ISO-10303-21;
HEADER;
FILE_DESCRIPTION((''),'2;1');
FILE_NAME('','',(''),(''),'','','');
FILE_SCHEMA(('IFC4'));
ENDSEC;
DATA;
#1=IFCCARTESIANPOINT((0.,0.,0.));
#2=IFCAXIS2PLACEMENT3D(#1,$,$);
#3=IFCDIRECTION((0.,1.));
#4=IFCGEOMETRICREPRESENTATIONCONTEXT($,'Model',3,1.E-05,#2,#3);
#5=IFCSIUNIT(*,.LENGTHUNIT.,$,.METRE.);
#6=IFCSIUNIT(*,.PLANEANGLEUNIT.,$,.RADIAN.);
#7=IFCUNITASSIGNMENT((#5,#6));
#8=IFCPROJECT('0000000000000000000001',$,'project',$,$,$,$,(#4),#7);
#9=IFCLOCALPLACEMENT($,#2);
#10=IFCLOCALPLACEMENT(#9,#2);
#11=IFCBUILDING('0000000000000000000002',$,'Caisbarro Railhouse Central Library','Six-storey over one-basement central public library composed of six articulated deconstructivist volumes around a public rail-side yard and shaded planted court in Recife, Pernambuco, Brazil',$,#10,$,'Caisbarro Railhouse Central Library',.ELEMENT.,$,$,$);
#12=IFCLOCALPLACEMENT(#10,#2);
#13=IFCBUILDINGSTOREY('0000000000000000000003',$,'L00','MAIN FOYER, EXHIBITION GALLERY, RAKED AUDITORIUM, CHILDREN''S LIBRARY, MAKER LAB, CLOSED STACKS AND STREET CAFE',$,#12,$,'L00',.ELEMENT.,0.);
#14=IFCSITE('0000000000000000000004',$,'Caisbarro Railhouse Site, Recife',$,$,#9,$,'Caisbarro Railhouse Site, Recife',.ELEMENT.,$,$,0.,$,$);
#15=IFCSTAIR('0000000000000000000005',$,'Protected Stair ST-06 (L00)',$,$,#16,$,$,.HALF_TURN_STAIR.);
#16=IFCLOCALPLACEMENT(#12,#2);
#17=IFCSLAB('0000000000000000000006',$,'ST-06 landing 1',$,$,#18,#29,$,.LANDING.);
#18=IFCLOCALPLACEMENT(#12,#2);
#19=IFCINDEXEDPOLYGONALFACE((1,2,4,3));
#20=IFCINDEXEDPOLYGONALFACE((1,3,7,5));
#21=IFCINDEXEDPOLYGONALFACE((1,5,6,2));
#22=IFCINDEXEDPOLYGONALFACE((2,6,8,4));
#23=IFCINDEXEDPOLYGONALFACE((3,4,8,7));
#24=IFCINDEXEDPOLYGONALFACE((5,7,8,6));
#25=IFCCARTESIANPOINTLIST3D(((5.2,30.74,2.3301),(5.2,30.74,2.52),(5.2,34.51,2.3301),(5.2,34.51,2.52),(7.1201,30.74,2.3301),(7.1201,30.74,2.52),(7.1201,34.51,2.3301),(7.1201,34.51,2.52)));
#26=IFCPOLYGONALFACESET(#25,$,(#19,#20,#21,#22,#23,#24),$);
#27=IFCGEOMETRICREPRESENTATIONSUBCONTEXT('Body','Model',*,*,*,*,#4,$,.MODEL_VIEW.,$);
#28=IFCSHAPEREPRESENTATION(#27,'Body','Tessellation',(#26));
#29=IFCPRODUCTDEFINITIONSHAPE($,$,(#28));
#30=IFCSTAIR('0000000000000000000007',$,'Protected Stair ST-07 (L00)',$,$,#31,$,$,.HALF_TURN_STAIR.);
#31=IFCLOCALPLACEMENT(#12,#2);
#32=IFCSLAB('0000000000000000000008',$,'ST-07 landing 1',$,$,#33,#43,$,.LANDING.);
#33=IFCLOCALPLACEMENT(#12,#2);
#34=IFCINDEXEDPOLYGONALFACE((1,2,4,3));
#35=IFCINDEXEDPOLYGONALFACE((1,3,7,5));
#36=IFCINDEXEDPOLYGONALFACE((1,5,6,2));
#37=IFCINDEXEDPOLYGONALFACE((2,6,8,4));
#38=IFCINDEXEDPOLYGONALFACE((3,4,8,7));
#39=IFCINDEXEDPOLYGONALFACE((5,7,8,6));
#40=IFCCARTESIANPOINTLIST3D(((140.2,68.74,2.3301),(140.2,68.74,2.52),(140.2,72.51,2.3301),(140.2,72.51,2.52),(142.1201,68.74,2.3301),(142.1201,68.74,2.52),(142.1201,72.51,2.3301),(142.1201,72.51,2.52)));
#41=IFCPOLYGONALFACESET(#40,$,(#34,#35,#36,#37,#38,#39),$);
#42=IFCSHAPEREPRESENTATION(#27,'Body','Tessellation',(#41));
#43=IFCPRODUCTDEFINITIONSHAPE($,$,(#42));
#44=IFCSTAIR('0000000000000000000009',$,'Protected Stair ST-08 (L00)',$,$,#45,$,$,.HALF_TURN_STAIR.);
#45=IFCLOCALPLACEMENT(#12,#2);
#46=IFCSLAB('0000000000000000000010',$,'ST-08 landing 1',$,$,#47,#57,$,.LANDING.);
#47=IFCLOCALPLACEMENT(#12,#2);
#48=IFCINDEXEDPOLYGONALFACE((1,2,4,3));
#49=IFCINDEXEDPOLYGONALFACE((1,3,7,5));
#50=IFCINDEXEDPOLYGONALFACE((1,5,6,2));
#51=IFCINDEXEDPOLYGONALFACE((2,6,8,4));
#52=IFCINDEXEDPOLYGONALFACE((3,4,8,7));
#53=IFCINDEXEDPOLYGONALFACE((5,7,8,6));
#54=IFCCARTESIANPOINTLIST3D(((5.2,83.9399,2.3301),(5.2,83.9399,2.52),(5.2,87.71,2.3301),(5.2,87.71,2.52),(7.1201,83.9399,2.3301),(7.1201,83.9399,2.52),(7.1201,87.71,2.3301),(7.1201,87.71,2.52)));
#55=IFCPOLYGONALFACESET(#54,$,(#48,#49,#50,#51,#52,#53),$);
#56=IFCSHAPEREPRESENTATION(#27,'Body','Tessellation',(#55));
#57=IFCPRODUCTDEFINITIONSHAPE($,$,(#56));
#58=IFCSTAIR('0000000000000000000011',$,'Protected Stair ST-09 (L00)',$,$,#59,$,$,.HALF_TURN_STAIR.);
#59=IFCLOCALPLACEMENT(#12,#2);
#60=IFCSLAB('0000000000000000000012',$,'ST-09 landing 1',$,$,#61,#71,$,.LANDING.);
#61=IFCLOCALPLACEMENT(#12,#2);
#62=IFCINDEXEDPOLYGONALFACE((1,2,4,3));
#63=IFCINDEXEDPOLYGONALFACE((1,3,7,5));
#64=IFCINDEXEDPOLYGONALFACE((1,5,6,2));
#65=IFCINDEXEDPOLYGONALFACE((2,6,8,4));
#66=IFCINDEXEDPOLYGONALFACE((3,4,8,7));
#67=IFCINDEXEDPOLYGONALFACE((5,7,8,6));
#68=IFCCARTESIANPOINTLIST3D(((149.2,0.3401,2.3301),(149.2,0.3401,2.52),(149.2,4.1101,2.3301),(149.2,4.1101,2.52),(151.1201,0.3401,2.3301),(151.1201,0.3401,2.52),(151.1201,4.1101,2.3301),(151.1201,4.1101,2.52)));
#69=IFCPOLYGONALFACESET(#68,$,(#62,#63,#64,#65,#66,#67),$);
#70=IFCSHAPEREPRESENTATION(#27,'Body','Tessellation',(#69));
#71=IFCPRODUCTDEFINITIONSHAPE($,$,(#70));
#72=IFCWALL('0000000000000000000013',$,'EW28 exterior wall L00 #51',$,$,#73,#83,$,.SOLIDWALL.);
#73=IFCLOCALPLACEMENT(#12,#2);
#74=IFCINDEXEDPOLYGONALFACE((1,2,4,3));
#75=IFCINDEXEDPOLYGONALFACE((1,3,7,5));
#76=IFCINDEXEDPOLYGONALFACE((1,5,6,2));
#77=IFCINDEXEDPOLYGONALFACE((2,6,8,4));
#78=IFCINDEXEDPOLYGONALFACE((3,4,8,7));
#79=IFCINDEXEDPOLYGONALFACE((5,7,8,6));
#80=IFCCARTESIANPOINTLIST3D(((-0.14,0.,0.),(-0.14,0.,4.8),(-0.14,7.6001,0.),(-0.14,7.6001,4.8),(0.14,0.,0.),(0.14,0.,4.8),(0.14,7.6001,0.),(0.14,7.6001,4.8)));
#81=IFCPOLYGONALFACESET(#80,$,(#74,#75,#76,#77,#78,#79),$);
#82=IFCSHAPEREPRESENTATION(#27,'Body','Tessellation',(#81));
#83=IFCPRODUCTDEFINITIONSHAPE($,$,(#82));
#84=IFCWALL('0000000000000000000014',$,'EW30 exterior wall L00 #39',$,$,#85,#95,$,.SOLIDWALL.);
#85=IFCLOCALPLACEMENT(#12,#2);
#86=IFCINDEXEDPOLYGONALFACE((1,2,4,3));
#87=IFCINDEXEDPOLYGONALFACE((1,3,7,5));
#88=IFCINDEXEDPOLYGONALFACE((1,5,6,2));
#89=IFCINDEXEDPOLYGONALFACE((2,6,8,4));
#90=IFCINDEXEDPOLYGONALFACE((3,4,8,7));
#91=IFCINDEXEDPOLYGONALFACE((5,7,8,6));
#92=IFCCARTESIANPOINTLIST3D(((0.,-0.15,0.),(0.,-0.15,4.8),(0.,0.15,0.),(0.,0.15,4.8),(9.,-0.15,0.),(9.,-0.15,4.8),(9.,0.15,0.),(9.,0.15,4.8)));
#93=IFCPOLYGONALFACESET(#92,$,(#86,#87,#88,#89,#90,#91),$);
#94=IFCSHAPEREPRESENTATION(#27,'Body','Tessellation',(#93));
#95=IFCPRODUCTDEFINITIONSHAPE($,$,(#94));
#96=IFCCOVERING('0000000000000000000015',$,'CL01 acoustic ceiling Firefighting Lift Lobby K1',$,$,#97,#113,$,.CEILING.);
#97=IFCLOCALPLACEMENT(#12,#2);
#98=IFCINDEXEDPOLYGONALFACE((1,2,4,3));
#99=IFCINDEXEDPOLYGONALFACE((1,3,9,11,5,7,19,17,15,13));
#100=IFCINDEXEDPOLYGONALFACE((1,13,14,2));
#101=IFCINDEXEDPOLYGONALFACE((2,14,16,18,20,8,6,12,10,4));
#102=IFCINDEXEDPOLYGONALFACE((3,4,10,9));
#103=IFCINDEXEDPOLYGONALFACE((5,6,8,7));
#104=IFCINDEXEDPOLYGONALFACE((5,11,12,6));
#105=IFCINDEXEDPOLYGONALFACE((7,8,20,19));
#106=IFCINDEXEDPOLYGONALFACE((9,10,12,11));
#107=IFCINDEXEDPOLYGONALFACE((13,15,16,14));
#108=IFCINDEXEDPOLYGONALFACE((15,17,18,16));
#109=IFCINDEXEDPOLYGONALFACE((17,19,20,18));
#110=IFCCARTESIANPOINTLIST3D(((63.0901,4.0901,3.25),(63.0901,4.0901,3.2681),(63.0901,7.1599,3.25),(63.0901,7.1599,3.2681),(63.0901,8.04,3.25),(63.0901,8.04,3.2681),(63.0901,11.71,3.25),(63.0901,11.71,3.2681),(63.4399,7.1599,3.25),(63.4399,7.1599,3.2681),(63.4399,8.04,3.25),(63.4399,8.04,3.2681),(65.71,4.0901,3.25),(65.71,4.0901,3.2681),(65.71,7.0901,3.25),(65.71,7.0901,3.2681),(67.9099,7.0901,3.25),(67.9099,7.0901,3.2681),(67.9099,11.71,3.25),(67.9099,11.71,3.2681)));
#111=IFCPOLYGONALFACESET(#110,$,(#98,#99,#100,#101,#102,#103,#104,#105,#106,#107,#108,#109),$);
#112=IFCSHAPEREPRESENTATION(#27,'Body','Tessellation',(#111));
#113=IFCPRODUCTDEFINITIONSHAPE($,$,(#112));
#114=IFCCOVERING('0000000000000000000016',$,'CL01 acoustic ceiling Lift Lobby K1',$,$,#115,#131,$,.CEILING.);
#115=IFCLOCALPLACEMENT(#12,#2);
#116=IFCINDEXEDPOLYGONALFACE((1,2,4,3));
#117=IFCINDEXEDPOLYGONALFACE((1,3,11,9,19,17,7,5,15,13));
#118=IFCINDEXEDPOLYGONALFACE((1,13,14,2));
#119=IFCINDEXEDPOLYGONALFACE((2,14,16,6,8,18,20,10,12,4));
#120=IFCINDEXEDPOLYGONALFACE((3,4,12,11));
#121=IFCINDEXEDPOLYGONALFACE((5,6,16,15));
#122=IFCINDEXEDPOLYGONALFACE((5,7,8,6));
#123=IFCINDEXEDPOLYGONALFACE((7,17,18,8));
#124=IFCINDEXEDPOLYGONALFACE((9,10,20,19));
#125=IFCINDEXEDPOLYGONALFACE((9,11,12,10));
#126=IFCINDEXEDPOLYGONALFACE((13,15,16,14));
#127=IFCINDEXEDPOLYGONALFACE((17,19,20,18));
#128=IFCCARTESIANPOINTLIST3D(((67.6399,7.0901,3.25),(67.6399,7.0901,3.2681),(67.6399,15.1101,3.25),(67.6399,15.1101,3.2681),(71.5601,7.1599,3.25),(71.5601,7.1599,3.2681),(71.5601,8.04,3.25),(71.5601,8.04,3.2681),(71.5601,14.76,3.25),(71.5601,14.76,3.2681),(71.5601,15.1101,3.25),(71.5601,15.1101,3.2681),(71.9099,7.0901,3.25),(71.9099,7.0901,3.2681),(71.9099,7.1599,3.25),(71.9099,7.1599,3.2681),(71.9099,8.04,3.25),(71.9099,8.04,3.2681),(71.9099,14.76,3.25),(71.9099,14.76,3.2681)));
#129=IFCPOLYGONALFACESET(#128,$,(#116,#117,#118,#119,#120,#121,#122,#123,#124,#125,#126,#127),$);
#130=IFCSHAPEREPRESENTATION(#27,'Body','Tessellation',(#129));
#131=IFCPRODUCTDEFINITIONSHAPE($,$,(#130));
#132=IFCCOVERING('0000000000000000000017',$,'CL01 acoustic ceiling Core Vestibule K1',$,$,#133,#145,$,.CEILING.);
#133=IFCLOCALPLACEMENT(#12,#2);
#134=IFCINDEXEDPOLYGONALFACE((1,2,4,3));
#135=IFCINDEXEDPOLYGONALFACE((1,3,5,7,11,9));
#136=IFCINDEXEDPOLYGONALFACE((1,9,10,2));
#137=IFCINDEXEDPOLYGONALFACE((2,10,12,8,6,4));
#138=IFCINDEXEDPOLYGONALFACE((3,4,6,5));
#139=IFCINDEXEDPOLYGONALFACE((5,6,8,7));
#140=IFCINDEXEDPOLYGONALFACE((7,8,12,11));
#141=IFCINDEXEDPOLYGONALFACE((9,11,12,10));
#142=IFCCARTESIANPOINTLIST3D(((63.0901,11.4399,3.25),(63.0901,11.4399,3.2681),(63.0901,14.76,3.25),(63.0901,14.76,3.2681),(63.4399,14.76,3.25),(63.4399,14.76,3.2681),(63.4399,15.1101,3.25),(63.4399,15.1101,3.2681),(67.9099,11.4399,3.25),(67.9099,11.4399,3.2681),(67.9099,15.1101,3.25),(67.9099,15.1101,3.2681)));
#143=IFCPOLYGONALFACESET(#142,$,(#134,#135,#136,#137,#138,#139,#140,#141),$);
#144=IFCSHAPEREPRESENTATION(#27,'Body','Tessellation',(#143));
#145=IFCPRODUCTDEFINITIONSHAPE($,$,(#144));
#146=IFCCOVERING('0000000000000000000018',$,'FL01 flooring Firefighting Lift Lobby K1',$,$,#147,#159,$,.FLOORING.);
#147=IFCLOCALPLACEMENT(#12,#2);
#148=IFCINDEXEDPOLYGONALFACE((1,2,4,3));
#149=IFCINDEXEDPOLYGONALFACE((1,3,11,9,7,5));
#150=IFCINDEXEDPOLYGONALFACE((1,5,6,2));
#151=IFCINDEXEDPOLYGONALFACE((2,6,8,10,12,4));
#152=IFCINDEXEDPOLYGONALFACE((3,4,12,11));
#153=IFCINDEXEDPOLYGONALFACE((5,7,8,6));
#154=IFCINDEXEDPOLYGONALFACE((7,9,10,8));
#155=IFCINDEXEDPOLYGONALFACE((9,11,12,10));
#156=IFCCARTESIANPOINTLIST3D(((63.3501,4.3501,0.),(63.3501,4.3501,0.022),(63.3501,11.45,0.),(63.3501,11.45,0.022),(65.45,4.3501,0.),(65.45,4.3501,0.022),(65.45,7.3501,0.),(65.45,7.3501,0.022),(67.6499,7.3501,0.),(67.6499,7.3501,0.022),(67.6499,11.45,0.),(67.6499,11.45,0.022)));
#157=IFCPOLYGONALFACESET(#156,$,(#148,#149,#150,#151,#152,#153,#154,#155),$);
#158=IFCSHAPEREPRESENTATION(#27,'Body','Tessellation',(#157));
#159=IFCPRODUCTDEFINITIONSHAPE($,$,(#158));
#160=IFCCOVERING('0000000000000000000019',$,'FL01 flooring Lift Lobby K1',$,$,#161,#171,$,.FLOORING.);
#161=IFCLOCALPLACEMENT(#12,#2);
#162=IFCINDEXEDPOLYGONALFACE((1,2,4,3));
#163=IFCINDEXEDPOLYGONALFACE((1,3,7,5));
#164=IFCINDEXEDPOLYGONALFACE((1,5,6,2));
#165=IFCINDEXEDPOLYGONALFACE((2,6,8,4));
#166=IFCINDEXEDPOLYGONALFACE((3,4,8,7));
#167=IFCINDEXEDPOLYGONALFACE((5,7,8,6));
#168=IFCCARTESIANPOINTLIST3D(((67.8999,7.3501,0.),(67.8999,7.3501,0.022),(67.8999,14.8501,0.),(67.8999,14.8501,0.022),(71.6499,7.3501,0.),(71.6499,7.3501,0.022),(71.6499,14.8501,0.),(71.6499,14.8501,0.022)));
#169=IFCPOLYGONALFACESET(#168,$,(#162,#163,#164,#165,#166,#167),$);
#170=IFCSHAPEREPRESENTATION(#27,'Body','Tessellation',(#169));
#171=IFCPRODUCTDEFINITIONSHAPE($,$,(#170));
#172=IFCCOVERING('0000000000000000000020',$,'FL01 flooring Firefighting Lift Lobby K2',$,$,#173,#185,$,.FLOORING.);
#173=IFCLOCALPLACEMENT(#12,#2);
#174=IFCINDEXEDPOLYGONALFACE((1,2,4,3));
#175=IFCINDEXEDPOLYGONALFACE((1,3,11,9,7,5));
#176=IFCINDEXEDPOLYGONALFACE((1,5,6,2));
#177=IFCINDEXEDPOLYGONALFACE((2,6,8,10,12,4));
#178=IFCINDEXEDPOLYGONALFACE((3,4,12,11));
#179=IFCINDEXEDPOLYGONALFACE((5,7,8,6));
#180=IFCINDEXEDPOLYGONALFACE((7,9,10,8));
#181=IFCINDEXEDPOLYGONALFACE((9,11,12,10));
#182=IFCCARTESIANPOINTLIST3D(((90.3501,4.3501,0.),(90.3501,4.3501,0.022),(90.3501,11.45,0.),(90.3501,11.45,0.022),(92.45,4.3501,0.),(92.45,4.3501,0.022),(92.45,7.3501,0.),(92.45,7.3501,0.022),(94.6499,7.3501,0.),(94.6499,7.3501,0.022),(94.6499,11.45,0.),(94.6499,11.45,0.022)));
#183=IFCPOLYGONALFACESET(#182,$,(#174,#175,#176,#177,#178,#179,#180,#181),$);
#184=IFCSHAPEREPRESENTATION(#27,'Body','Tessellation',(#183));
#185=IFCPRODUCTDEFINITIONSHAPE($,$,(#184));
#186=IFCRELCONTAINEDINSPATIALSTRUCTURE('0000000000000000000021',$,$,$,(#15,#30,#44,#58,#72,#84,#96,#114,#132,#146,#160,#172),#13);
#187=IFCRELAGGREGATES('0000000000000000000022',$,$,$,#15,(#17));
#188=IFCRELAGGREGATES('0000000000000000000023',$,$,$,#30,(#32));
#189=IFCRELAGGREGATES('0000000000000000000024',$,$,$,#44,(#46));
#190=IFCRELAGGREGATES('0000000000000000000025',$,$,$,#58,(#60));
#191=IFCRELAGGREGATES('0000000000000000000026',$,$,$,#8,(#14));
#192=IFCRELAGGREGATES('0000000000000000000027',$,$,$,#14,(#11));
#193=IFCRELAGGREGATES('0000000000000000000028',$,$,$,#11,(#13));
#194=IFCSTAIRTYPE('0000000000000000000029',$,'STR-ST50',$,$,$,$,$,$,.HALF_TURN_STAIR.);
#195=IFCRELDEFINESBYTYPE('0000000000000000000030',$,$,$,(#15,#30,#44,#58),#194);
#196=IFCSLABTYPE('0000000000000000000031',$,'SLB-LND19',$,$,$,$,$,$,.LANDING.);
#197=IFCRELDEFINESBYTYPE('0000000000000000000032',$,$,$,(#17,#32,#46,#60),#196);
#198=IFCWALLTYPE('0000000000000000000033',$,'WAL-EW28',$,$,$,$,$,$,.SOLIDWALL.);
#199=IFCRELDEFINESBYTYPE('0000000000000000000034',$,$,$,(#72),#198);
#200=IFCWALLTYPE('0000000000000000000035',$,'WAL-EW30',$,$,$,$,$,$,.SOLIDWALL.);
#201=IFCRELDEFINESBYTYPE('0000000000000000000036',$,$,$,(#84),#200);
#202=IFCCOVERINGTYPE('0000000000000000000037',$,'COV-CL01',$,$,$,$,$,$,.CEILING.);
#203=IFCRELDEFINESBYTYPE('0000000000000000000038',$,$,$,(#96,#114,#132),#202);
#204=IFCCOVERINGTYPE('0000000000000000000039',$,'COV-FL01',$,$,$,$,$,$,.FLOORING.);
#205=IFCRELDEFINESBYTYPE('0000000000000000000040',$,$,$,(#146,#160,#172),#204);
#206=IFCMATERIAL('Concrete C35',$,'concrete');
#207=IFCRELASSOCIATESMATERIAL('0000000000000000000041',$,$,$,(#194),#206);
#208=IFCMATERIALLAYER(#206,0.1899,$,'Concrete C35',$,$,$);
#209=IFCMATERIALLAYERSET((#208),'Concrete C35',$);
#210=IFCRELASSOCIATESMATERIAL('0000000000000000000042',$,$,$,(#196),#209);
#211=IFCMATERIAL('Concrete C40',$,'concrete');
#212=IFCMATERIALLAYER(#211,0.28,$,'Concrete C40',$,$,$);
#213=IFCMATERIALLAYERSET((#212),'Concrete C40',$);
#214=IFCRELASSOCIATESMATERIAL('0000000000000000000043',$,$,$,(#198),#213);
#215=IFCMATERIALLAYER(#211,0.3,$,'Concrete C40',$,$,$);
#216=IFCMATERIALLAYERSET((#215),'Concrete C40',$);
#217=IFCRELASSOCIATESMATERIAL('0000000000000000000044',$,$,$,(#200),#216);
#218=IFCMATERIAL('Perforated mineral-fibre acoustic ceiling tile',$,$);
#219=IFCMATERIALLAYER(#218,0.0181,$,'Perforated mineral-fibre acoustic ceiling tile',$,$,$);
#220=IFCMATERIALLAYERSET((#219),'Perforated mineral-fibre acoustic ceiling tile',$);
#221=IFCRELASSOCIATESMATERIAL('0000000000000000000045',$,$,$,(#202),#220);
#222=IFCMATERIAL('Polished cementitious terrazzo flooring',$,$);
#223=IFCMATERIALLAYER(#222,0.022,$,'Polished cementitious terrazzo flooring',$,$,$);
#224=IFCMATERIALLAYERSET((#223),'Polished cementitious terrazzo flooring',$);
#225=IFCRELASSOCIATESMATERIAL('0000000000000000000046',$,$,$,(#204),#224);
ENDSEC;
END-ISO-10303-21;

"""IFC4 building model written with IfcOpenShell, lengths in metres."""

from ifc_helpers import new_model, si_unit, direction, frame, frame_2d, origin, origin_with_axes, place, context, subcontext, project, spatial, polyline, rectangle, outline, extrude, material, layer, layer_set, type_object, element, aggregate, save


model = new_model("IFC4")

# Units and contexts
model_context = context("Model", 3, precision=1e-05, world=origin(), true_north=direction((0.0, 1.0)))
body_context = subcontext(model_context, "Body", "Model", "MODEL_VIEW")
ifc_project = project(units=[si_unit("LENGTHUNIT", "METRE"), si_unit("PLANEANGLEUNIT", "RADIAN")], contexts=[model_context])

# Site, building, storey
site_placement = place(None, origin())
site = spatial("IfcSite", under=ifc_project, at=site_placement, Name="Caisbarro Railhouse Site, Recife", LongName="Caisbarro Railhouse Site, Recife", CompositionType="ELEMENT", RefElevation=0.0)
building_placement = place(site_placement, origin())
building = spatial("IfcBuilding", under=site, at=building_placement, Name="Caisbarro Railhouse Central Library", Description="Six-storey over one-basement central public library composed of six articulated deconstructivist volumes around a public rail-side yard and shaded planted court in Recife, Pernambuco, Brazil", LongName="Caisbarro Railhouse Central Library", CompositionType="ELEMENT")
storey_placement = place(building_placement, origin())
storey = spatial("IfcBuildingStorey", under=building, at=storey_placement, Name="L00", Description="MAIN FOYER, EXHIBITION GALLERY, RAKED AUDITORIUM, CHILDREN'S LIBRARY, MAKER LAB, CLOSED STACKS AND STREET CAFE", LongName="L00", CompositionType="ELEMENT", Elevation=0.0)

# Shared definitions
ifc_material_1 = material(Name="Concrete C35", Category="concrete")

# Stairs, slabs
stair_type = type_object("IfcStairType", Name="STR-ST50", PredefinedType="HALF_TURN_STAIR", material=ifc_material_1)
ifc_layer_1 = layer(ifc_material_1, 0.1899, Name="Concrete C35")
ifc_layer_set_1 = layer_set([ifc_layer_1], Name="Concrete C35")
slab_type_1 = type_object("IfcSlabType", Name="SLB-LND19", PredefinedType="LANDING", material=ifc_layer_set_1)
stair_1_placement = place(storey_placement, origin())
stair_1 = element("IfcStair", 1, at=stair_1_placement, inside=storey, type_object=stair_type, Name="Protected Stair ST-06 (L00)", PredefinedType="HALF_TURN_STAIR")
slab_1_placement = place(storey_placement, frame((0.0, 0.0, 2.3301)))
slab_1 = element("IfcSlab", 2, at=slab_1_placement, type_object=slab_type_1, Name="ST-06 landing 1", PredefinedType="LANDING", context=body_context, shape_type="SweptSolid", body=[
    extrude(outline(polyline([(5.2, 30.74), (7.1201, 30.74), (7.1201, 34.51), (5.2, 34.51), (5.2, 30.74)])), origin(), (0.0, 0.0, 1.0), 0.1899),
])
aggregate(stair_1, [slab_1])
stair_2_placement = place(storey_placement, origin())
stair_2 = element("IfcStair", 3, at=stair_2_placement, inside=storey, type_object=stair_type, Name="Protected Stair ST-07 (L00)", PredefinedType="HALF_TURN_STAIR")
slab_2_placement = place(storey_placement, frame((0.0, 0.0, 2.3301)))
slab_2 = element("IfcSlab", 4, at=slab_2_placement, type_object=slab_type_1, Name="ST-07 landing 1", PredefinedType="LANDING", context=body_context, shape_type="SweptSolid", body=[
    extrude(outline(polyline([(140.2, 68.74), (142.1201, 68.74), (142.1201, 72.51), (140.2, 72.51), (140.2, 68.74)])), origin(), (0.0, 0.0, 1.0), 0.1899),
])
aggregate(stair_2, [slab_2])
stair_3_placement = place(storey_placement, origin())
stair_3 = element("IfcStair", 5, at=stair_3_placement, inside=storey, type_object=stair_type, Name="Protected Stair ST-08 (L00)", PredefinedType="HALF_TURN_STAIR")
slab_3_placement = place(storey_placement, frame((0.0, 0.0, 2.3301)))
slab_3 = element("IfcSlab", 6, at=slab_3_placement, type_object=slab_type_1, Name="ST-08 landing 1", PredefinedType="LANDING", context=body_context, shape_type="SweptSolid", body=[
    extrude(outline(polyline([(5.2, 83.9399), (7.1201, 83.9399), (7.1201, 87.71), (5.2, 87.71), (5.2, 83.9399)])), origin(), (0.0, 0.0, 1.0), 0.1899),
])
aggregate(stair_3, [slab_3])
stair_4_placement = place(storey_placement, origin())
stair_4 = element("IfcStair", 7, at=stair_4_placement, inside=storey, type_object=stair_type, Name="Protected Stair ST-09 (L00)", PredefinedType="HALF_TURN_STAIR")
slab_4_placement = place(storey_placement, frame((0.0, 0.0, 2.3301)))
slab_4 = element("IfcSlab", 8, at=slab_4_placement, type_object=slab_type_1, Name="ST-09 landing 1", PredefinedType="LANDING", context=body_context, shape_type="SweptSolid", body=[
    extrude(outline(polyline([(149.2, 0.3401), (151.1201, 0.3401), (151.1201, 4.1101), (149.2, 4.1101), (149.2, 0.3401)])), origin(), (0.0, 0.0, 1.0), 0.1899),
])
aggregate(stair_4, [slab_4])

# Walls
ifc_material_2 = material(Name="Concrete C40", Category="concrete")
ifc_layer_2 = layer(ifc_material_2, 0.28, Name="Concrete C40")
ifc_layer_set_2 = layer_set([ifc_layer_2], Name="Concrete C40")
wall_type_1 = type_object("IfcWallType", Name="WAL-EW28", PredefinedType="SOLIDWALL", material=ifc_layer_set_2)
wall_1_placement = place(storey_placement, frame((0.0, 0.0, 0.0), z_axis=(0.0, 0.0, 1.0), x_axis=(0.0, 1.0, 0.0)))
element("IfcWall", 9, at=wall_1_placement, inside=storey, type_object=wall_type_1, Name="EW28 exterior wall L00 #51", PredefinedType="SOLIDWALL", context=body_context, shape_type="SweptSolid", body=[
    extrude(rectangle(XDim=7.6001, YDim=0.28, at=frame_2d((3.8, 0.0))), origin(), (0.0, 0.0, 1.0), 4.8),
])
ifc_layer_3 = layer(ifc_material_2, 0.3, Name="Concrete C40")
ifc_layer_set_3 = layer_set([ifc_layer_3], Name="Concrete C40")
wall_type_2 = type_object("IfcWallType", Name="WAL-EW30", PredefinedType="SOLIDWALL", material=ifc_layer_set_3)
wall_2_placement = place(storey_placement, origin_with_axes())
element("IfcWall", 10, at=wall_2_placement, inside=storey, type_object=wall_type_2, Name="EW30 exterior wall L00 #39", PredefinedType="SOLIDWALL", context=body_context, shape_type="SweptSolid", body=[
    extrude(rectangle(XDim=9.0, YDim=0.3, at=frame_2d((4.5, 0.0))), origin(), (0.0, 0.0, 1.0), 4.8),
])

# Coverings
ifc_material_3 = material(Name="Perforated mineral-fibre acoustic ceiling tile")
ifc_layer_4 = layer(ifc_material_3, 0.0181, Name="Perforated mineral-fibre acoustic ceiling tile")
ifc_layer_set_4 = layer_set([ifc_layer_4], Name="Perforated mineral-fibre acoustic ceiling tile")
covering_type_1 = type_object("IfcCoveringType", Name="COV-CL01", PredefinedType="CEILING", material=ifc_layer_set_4)
covering_1_placement = place(storey_placement, frame((0.0, 0.0, 3.25)))
element("IfcCovering", 11, at=covering_1_placement, inside=storey, type_object=covering_type_1, Name="CL01 acoustic ceiling Firefighting Lift Lobby K1", PredefinedType="CEILING", context=body_context, shape_type="SweptSolid", body=[
    extrude(outline(polyline([(63.0901, 7.1599), (63.4399, 7.1599), (63.4399, 8.04), (63.0901, 8.04), (63.0901, 11.71), (67.9099, 11.71), (67.9099, 7.0901), (65.71, 7.0901), (65.71, 4.0901), (63.0901, 4.0901), (63.0901, 7.1599)])), origin(), (0.0, 0.0, 1.0), 0.0181),
])
covering_2_placement = place(storey_placement, frame((0.0, 0.0, 3.25)))
element("IfcCovering", 12, at=covering_2_placement, inside=storey, type_object=covering_type_1, Name="CL01 acoustic ceiling Lift Lobby K1", PredefinedType="CEILING", context=body_context, shape_type="SweptSolid", body=[
    extrude(outline(polyline([(71.5601, 15.1101), (71.5601, 14.76), (71.9099, 14.76), (71.9099, 8.04), (71.5601, 8.04), (71.5601, 7.1599), (71.9099, 7.1599), (71.9099, 7.0901), (67.6399, 7.0901), (67.6399, 15.1101), (71.5601, 15.1101)])), origin(), (0.0, 0.0, 1.0), 0.0181),
])
covering_3_placement = place(storey_placement, frame((0.0, 0.0, 3.25)))
element("IfcCovering", 13, at=covering_3_placement, inside=storey, type_object=covering_type_1, Name="CL01 acoustic ceiling Core Vestibule K1", PredefinedType="CEILING", context=body_context, shape_type="SweptSolid", body=[
    extrude(outline(polyline([(63.0901, 14.76), (63.4399, 14.76), (63.4399, 15.1101), (67.9099, 15.1101), (67.9099, 11.4399), (63.0901, 11.4399), (63.0901, 14.76)])), origin(), (0.0, 0.0, 1.0), 0.0181),
])
ifc_material_4 = material(Name="Polished cementitious terrazzo flooring")
ifc_layer_5 = layer(ifc_material_4, 0.022, Name="Polished cementitious terrazzo flooring")
ifc_layer_set_5 = layer_set([ifc_layer_5], Name="Polished cementitious terrazzo flooring")
covering_type_2 = type_object("IfcCoveringType", Name="COV-FL01", PredefinedType="FLOORING", material=ifc_layer_set_5)
covering_4_placement = place(storey_placement, origin())
element("IfcCovering", 14, at=covering_4_placement, inside=storey, type_object=covering_type_2, Name="FL01 flooring Firefighting Lift Lobby K1", PredefinedType="FLOORING", context=body_context, shape_type="SweptSolid", body=[
    extrude(outline(polyline([(63.3501, 4.3501), (65.45, 4.3501), (65.45, 7.3501), (67.6499, 7.3501), (67.6499, 11.45), (63.3501, 11.45), (63.3501, 4.3501)])), origin(), (0.0, 0.0, 1.0), 0.022),
])
covering_5_placement = place(storey_placement, origin())
element("IfcCovering", 15, at=covering_5_placement, inside=storey, type_object=covering_type_2, Name="FL01 flooring Lift Lobby K1", PredefinedType="FLOORING", context=body_context, shape_type="SweptSolid", body=[
    extrude(outline(polyline([(67.8999, 7.3501), (71.6499, 7.3501), (71.6499, 14.8501), (67.8999, 14.8501), (67.8999, 7.3501)])), origin(), (0.0, 0.0, 1.0), 0.022),
])
covering_6_placement = place(storey_placement, origin())
element("IfcCovering", 16, at=covering_6_placement, inside=storey, type_object=covering_type_2, Name="FL01 flooring Firefighting Lift Lobby K2", PredefinedType="FLOORING", context=body_context, shape_type="SweptSolid", body=[
    extrude(outline(polyline([(90.3501, 4.3501), (92.45, 4.3501), (92.45, 7.3501), (94.6499, 7.3501), (94.6499, 11.45), (90.3501, 11.45), (90.3501, 4.3501)])), origin(), (0.0, 0.0, 1.0), 0.022),
])

save(model, "model.ifc")
